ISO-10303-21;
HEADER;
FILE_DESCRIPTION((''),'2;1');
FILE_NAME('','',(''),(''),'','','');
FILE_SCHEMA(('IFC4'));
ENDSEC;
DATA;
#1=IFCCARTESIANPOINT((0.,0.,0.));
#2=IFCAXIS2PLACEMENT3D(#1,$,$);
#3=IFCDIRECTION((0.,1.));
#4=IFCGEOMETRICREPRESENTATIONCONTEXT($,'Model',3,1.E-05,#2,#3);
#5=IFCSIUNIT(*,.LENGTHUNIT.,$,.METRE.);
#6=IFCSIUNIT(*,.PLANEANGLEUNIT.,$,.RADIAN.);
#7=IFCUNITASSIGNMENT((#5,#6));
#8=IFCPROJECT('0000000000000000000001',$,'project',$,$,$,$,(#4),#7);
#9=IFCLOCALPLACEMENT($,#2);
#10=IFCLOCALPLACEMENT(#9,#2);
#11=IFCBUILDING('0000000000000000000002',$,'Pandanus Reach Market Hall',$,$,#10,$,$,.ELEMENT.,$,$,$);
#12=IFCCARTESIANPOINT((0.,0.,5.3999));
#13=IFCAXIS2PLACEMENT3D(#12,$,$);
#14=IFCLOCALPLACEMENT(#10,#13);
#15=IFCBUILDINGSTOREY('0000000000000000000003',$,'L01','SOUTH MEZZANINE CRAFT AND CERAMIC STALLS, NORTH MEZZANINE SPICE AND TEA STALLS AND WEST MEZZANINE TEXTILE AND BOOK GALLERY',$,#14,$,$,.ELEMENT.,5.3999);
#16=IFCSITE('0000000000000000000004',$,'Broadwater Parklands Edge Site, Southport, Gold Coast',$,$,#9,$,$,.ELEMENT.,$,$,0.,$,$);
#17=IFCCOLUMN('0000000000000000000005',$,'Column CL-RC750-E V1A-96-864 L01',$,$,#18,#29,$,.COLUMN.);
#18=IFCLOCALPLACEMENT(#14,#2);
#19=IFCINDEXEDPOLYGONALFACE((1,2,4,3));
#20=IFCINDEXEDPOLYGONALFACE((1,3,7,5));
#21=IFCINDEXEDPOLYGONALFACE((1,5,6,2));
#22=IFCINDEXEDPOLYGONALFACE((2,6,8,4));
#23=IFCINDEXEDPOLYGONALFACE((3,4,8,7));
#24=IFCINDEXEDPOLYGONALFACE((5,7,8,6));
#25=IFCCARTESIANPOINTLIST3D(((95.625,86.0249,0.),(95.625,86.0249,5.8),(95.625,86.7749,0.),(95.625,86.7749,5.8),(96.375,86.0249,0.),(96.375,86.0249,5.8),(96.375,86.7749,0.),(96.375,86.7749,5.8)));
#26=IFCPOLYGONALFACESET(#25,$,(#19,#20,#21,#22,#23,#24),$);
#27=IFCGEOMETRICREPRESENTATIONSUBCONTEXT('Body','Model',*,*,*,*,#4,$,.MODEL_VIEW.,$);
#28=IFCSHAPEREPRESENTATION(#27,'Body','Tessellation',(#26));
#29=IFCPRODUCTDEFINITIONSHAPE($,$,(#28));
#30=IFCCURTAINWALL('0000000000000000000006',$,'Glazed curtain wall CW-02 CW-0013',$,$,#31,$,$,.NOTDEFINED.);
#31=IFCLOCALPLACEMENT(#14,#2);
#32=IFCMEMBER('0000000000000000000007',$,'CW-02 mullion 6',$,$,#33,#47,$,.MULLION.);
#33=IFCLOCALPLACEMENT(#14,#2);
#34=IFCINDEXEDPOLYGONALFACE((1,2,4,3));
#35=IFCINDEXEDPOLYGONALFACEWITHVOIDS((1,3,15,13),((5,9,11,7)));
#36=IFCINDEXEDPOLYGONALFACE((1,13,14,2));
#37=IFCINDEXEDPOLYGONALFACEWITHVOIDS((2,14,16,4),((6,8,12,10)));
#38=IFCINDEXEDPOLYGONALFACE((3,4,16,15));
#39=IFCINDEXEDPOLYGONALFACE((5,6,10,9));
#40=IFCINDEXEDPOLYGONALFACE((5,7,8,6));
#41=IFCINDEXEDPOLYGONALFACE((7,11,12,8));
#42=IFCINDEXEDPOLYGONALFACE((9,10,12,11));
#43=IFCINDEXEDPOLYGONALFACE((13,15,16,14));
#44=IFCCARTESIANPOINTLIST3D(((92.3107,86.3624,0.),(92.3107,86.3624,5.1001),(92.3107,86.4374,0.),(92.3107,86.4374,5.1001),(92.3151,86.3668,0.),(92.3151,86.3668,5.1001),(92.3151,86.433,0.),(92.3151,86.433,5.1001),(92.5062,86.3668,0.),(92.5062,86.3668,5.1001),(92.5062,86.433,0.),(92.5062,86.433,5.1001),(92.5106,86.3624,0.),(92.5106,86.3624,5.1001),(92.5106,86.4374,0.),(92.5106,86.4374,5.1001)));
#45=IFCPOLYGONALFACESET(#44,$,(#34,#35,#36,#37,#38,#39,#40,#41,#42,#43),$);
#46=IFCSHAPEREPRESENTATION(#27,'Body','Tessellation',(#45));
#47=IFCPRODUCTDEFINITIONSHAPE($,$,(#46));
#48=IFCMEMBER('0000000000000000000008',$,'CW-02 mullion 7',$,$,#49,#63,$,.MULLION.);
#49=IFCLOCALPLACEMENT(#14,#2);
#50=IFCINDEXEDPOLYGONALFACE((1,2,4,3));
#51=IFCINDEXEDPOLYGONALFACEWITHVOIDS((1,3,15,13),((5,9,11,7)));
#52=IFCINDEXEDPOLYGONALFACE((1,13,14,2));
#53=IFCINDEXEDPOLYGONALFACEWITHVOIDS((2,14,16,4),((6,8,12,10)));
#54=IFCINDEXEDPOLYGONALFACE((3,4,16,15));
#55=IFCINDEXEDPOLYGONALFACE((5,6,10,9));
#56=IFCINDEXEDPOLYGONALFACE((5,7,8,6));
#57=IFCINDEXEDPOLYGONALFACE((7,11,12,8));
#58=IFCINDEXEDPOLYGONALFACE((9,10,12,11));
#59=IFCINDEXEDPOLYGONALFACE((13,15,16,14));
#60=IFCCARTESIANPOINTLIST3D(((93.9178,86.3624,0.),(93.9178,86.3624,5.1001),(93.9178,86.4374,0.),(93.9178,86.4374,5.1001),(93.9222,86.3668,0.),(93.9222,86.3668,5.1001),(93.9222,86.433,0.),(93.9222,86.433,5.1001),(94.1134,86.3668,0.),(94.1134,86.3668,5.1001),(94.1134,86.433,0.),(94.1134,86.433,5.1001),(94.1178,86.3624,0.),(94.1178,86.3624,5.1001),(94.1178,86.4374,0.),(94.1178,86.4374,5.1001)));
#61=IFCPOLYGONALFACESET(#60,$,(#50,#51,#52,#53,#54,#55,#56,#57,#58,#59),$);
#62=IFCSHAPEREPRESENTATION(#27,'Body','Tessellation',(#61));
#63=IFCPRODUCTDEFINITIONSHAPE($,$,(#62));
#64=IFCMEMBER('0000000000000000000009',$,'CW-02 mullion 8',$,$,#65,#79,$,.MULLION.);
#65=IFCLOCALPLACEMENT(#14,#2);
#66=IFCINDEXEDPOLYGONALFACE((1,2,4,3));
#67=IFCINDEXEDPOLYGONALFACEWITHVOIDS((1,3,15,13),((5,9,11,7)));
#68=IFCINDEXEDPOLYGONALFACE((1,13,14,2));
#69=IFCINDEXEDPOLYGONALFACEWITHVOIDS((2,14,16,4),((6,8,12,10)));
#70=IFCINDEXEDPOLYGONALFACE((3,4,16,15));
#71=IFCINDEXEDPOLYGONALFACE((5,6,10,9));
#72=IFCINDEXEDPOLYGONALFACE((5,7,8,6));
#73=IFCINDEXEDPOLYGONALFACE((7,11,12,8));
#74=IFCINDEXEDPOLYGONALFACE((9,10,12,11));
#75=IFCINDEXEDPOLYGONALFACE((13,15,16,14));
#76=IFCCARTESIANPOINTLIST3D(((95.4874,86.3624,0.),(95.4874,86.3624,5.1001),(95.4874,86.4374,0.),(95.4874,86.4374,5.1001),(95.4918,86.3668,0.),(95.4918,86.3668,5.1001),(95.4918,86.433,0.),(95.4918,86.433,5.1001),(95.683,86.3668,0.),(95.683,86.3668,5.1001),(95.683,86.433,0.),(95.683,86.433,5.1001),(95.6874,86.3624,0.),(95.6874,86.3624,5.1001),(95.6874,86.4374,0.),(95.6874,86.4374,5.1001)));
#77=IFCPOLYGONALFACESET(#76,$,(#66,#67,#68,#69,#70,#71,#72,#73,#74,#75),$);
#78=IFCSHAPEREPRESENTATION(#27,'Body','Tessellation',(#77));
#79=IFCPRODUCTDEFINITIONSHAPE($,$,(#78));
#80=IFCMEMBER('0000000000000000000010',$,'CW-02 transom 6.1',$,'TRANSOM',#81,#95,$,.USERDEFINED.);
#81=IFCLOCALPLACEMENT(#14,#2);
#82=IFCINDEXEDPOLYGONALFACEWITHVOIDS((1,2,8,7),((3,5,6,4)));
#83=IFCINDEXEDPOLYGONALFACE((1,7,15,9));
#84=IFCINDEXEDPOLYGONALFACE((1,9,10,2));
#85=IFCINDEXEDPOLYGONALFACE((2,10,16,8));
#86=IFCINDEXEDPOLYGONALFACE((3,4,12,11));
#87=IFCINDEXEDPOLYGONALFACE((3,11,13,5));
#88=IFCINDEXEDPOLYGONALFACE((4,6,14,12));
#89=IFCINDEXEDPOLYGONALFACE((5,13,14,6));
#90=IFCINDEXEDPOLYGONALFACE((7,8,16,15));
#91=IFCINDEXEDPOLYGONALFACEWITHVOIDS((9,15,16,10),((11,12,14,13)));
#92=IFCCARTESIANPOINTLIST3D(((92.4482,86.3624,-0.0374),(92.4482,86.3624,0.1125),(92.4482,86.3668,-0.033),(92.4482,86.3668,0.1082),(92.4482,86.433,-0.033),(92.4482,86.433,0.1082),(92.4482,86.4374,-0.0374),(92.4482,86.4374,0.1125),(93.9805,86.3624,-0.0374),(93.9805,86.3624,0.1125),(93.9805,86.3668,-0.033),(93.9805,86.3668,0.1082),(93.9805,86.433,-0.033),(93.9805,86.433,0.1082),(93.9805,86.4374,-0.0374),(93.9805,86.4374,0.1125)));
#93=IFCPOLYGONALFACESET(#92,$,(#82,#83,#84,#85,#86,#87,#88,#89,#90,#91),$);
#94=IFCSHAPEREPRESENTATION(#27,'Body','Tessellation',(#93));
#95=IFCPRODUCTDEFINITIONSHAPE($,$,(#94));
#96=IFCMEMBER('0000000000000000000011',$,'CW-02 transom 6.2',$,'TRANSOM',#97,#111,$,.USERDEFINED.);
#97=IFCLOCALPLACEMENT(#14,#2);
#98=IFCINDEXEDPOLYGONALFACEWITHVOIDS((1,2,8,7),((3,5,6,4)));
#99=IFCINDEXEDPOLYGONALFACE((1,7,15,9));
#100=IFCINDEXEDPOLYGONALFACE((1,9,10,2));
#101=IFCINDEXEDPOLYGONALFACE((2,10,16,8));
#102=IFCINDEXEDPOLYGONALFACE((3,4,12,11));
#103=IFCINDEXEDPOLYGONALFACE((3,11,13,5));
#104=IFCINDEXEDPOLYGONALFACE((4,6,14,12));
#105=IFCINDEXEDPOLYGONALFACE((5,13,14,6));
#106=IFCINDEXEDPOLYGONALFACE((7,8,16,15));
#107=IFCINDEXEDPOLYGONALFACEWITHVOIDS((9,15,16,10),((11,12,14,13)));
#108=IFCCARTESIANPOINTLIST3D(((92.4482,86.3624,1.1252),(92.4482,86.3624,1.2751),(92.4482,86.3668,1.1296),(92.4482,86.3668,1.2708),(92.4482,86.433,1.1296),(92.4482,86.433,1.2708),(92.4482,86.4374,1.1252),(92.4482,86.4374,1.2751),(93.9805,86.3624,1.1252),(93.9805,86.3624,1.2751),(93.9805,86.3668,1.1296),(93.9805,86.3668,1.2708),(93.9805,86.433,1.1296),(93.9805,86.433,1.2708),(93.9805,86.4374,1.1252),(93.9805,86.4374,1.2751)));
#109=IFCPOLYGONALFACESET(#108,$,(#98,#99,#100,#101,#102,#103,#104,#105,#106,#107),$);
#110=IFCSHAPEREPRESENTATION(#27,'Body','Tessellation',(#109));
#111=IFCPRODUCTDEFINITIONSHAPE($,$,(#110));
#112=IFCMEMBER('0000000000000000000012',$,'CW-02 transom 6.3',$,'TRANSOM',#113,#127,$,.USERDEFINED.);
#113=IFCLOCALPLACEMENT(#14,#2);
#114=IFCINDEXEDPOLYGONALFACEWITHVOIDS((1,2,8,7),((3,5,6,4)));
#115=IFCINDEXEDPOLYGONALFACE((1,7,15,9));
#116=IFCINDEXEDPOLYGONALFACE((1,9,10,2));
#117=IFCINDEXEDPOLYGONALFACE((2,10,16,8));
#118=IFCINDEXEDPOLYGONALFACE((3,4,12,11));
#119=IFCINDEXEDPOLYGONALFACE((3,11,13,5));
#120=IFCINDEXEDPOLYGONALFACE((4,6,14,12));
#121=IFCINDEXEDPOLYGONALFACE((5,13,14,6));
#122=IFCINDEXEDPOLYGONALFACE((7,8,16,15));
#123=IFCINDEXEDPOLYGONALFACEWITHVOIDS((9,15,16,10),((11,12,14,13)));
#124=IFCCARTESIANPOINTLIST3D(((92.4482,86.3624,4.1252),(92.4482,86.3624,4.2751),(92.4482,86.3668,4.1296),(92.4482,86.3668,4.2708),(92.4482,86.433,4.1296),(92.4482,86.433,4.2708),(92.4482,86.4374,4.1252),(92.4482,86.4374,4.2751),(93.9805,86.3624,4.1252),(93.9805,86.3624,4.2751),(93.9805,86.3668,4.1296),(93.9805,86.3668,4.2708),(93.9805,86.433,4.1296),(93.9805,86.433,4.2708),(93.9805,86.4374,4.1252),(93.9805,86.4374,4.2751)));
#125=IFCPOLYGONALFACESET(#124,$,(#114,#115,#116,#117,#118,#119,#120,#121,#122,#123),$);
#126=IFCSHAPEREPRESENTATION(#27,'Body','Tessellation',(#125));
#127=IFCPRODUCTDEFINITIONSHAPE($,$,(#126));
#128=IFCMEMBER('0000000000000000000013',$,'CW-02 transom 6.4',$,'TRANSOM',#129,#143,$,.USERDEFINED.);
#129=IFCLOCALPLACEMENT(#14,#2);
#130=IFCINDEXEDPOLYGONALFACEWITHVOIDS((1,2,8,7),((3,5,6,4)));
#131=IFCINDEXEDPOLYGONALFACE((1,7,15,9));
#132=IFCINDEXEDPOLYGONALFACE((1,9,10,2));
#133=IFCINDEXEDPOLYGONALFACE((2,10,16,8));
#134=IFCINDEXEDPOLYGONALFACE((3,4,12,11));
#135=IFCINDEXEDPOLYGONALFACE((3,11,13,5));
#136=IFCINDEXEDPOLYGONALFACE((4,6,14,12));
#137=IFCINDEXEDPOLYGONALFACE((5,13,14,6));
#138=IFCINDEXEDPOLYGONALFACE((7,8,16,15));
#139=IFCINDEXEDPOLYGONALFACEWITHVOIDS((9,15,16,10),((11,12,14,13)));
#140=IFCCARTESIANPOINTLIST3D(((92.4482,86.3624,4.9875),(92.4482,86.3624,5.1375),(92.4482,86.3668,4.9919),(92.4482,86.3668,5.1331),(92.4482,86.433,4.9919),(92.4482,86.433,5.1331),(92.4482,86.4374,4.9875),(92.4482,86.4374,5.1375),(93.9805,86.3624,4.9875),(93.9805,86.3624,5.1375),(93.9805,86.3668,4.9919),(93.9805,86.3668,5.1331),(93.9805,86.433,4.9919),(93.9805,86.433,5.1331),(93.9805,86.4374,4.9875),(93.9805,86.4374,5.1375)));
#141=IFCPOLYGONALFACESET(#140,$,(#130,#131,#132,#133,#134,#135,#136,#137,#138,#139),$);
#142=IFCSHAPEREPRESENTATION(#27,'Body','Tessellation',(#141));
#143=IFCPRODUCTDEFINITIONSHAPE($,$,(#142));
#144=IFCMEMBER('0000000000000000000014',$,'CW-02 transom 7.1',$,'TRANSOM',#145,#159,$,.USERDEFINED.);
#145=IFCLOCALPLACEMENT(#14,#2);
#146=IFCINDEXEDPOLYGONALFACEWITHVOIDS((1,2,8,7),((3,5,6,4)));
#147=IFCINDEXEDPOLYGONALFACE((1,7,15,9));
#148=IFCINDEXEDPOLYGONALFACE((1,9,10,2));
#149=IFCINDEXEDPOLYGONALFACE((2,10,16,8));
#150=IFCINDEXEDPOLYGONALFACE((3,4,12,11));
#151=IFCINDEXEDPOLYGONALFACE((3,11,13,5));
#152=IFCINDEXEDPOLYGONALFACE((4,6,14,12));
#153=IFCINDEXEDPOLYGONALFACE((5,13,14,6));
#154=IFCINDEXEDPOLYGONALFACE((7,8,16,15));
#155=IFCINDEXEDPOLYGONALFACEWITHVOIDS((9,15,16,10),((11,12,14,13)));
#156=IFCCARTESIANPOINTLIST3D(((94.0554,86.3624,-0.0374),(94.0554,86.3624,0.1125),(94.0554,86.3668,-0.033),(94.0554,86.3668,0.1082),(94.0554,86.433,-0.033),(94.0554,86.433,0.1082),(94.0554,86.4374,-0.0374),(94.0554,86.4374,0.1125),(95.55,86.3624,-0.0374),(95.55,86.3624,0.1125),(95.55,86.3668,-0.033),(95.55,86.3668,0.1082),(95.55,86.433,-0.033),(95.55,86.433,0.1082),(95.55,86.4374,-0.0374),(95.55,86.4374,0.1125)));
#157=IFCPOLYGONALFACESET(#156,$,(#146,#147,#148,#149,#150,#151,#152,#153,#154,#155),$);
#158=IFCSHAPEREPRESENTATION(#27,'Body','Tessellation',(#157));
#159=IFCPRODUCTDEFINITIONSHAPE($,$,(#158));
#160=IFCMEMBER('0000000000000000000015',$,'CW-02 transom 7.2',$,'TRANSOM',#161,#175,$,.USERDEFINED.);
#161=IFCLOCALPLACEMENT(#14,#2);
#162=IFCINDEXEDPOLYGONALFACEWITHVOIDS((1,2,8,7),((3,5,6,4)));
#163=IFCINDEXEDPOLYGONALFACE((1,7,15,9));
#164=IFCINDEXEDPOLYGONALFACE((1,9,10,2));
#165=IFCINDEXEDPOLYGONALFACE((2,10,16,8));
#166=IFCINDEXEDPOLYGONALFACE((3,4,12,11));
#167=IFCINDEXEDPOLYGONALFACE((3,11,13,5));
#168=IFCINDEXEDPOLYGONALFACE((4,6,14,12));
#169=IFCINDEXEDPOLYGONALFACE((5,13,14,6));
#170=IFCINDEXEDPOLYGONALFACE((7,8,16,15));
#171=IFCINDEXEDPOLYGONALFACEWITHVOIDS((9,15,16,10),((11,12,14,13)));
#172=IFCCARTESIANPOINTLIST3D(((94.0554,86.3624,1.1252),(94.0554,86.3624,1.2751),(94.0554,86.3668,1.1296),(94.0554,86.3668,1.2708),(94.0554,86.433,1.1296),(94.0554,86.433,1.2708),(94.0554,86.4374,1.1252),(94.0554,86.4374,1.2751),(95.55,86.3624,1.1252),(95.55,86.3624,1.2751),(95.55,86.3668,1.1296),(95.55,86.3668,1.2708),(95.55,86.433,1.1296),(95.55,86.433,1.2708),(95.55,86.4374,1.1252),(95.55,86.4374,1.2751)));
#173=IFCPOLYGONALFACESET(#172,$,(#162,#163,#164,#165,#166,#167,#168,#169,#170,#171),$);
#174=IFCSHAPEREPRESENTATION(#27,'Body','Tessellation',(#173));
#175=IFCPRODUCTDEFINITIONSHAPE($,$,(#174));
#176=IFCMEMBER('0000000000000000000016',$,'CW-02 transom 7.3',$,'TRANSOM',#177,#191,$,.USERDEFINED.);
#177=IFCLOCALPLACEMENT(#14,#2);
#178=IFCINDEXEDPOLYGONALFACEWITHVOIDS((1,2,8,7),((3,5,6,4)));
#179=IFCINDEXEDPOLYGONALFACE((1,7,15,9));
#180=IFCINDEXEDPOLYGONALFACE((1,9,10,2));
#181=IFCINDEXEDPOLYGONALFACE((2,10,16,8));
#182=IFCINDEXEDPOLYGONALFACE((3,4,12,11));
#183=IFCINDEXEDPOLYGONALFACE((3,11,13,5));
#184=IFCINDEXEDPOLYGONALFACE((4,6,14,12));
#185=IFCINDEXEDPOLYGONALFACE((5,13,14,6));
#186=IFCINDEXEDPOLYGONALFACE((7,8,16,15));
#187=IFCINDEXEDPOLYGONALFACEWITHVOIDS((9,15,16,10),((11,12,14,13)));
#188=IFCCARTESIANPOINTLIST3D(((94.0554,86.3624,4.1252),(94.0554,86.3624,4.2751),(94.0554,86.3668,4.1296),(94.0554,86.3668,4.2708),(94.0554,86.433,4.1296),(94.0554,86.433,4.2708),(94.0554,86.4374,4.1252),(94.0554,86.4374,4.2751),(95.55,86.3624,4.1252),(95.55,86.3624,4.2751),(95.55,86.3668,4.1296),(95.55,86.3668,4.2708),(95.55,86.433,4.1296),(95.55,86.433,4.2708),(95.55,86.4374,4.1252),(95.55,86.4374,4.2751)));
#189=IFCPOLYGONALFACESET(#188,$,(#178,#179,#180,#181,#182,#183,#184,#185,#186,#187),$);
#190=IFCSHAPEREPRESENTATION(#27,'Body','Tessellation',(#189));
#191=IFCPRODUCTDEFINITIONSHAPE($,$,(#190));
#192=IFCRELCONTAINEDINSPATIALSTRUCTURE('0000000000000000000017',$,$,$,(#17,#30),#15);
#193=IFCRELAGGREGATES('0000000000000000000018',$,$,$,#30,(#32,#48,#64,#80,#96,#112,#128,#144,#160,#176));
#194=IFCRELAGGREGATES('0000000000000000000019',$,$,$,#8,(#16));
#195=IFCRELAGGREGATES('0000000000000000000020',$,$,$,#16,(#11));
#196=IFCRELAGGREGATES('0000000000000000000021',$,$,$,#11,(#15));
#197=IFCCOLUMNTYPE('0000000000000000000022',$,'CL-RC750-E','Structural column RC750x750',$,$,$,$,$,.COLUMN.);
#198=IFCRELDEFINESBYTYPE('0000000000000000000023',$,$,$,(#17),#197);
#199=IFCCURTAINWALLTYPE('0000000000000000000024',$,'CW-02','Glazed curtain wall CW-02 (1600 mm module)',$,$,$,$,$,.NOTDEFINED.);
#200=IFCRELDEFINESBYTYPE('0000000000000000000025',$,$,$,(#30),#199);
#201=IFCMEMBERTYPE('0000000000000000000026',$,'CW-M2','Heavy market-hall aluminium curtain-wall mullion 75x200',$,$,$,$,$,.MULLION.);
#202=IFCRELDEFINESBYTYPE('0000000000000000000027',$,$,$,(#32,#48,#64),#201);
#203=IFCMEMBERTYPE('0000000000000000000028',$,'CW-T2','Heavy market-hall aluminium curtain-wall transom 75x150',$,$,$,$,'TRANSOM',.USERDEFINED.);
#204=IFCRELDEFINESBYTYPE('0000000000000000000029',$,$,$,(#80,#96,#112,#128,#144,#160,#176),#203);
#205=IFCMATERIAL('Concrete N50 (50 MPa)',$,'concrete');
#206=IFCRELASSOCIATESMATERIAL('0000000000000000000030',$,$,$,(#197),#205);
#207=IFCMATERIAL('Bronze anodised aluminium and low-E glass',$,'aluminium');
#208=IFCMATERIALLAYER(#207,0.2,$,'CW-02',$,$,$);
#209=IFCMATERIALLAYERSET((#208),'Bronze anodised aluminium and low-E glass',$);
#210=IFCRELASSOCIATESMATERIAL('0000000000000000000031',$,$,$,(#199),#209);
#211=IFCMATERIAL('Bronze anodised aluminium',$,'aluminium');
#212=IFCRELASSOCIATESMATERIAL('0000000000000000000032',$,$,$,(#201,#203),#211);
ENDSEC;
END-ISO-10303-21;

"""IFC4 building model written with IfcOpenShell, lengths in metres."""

from ifc_helpers import new_model, si_unit, direction, frame, origin, origin_2d, place, context, subcontext, project, spatial, rectangle, hollow_rectangle, extrude, material, layer, layer_set, material_profile, profile_set, type_object, element, aggregate, save


model = new_model("IFC4")

# Units and contexts
model_context = context("Model", 3, precision=1e-05, world=origin(), true_north=direction((0.0, 1.0)))
body_context = subcontext(model_context, "Body", "Model", "MODEL_VIEW")
ifc_project = project(units=[si_unit("LENGTHUNIT", "METRE"), si_unit("PLANEANGLEUNIT", "RADIAN")], contexts=[model_context])

# Site, building, storey
site_placement = place(None, origin())
site = spatial("IfcSite", under=ifc_project, at=site_placement, Name="Broadwater Parklands Edge Site, Southport, Gold Coast", CompositionType="ELEMENT", RefElevation=0.0)
building_placement = place(site_placement, origin())
building = spatial("IfcBuilding", under=site, at=building_placement, Name="Pandanus Reach Market Hall", CompositionType="ELEMENT")
storey_placement = place(building_placement, frame((0.0, 0.0, 5.3999)))
storey = spatial("IfcBuildingStorey", under=building, at=storey_placement, Name="L01", Description="SOUTH MEZZANINE CRAFT AND CERAMIC STALLS, NORTH MEZZANINE SPICE AND TEA STALLS AND WEST MEZZANINE TEXTILE AND BOOK GALLERY", CompositionType="ELEMENT", Elevation=5.3999)

# Column
ifc_material_1 = material(Name="Concrete N50 (50 MPa)", Category="concrete")
ifc_material_profile_1 = material_profile(ifc_material_1, rectangle(XDim=0.75, YDim=0.75, at=origin_2d()), Name="RC750x750", Category="LoadBearing")
ifc_profile_set_1 = profile_set([ifc_material_profile_1], Name="Concrete N50 (50 MPa)")
column_type = type_object("IfcColumnType", Name="CL-RC750-E", Description="Structural column RC750x750", PredefinedType="COLUMN", material=ifc_profile_set_1)
column_placement = place(storey_placement, frame((96.0, 86.3999, 0.0), z_axis=(0.0, 0.0, 1.0), x_axis=(1.0, 0.0, 0.0)))
element("IfcColumn", 1, at=column_placement, inside=storey, type_object=column_type, Name="Column CL-RC750-E V1A-96-864 L01", PredefinedType="COLUMN", context=body_context, shape_type="SweptSolid", body=[
    extrude(rectangle(XDim=0.75, YDim=0.75, at=origin_2d()), origin(), (0.0, 0.0, 1.0), 5.8),
])

# Curtain wall, members
ifc_material_2 = material(Name="Bronze anodised aluminium and low-E glass", Category="aluminium")
ifc_layer_1 = layer(ifc_material_2, 0.2, Name="CW-02")
ifc_layer_set_1 = layer_set([ifc_layer_1], Name="Bronze anodised aluminium and low-E glass")
curtain_wall_type = type_object("IfcCurtainWallType", Name="CW-02", Description="Glazed curtain wall CW-02 (1600 mm module)", PredefinedType="NOTDEFINED", material=ifc_layer_set_1)
curtain_wall_placement = place(storey_placement, origin())
curtain_wall = element("IfcCurtainWall", 2, at=curtain_wall_placement, inside=storey, type_object=curtain_wall_type, Name="Glazed curtain wall CW-02 CW-0013", PredefinedType="NOTDEFINED")
ifc_material_3 = material(Name="Bronze anodised aluminium", Category="aluminium")
ifc_material_profile_2 = material_profile(ifc_material_3, hollow_rectangle(XDim=0.075, YDim=0.2, WallThickness=0.0044, at=origin_2d()), Name="ALU75x200", Category="LoadBearing")
ifc_profile_set_2 = profile_set([ifc_material_profile_2], Name="Bronze anodised aluminium")
member_type_1 = type_object("IfcMemberType", Name="CW-M2", Description="Heavy market-hall aluminium curtain-wall mullion 75x200", PredefinedType="MULLION", material=ifc_profile_set_2)
member_1_placement = place(storey_placement, frame((92.4106, 86.3999, 0.0), z_axis=(0.0, 0.0, 1.0), x_axis=(0.0, 1.0, 0.0)))
member_1 = element("IfcMember", 3, at=member_1_placement, type_object=member_type_1, Name="CW-02 mullion 6", PredefinedType="MULLION", context=body_context, shape_type="SweptSolid", body=[
    extrude(hollow_rectangle(XDim=0.075, YDim=0.2, WallThickness=0.0044, at=origin_2d()), origin(), (0.0, 0.0, 1.0), 5.1001),
])
member_2_placement = place(storey_placement, frame((94.0178, 86.3999, 0.0), z_axis=(0.0, 0.0, 1.0), x_axis=(0.0, 1.0, 0.0)))
member_2 = element("IfcMember", 4, at=member_2_placement, type_object=member_type_1, Name="CW-02 mullion 7", PredefinedType="MULLION", context=body_context, shape_type="SweptSolid", body=[
    extrude(hollow_rectangle(XDim=0.075, YDim=0.2, WallThickness=0.0044, at=origin_2d()), origin(), (0.0, 0.0, 1.0), 5.1001),
])
member_3_placement = place(storey_placement, frame((95.5874, 86.3999, 0.0), z_axis=(0.0, 0.0, 1.0), x_axis=(0.0, 1.0, 0.0)))
member_3 = element("IfcMember", 5, at=member_3_placement, type_object=member_type_1, Name="CW-02 mullion 8", PredefinedType="MULLION", context=body_context, shape_type="SweptSolid", body=[
    extrude(hollow_rectangle(XDim=0.075, YDim=0.2, WallThickness=0.0044, at=origin_2d()), origin(), (0.0, 0.0, 1.0), 5.1001),
])
ifc_material_profile_3 = material_profile(ifc_material_3, hollow_rectangle(XDim=0.075, YDim=0.1499, WallThickness=0.0044, at=origin_2d()), Name="ALU75x150", Category="LoadBearing")
ifc_profile_set_3 = profile_set([ifc_material_profile_3], Name="Bronze anodised aluminium")
member_type_2 = type_object("IfcMemberType", Name="CW-T2", Description="Heavy market-hall aluminium curtain-wall transom 75x150", ElementType="TRANSOM", PredefinedType="USERDEFINED", material=ifc_profile_set_3)
member_4_placement = place(storey_placement, frame((92.4482, 86.3999, 0.0376), z_axis=(1.0, 0.0, 0.0), x_axis=(0.0, 1.0, 0.0)))
member_4 = element("IfcMember", 6, at=member_4_placement, type_object=member_type_2, Name="CW-02 transom 6.1", ObjectType="TRANSOM", PredefinedType="USERDEFINED", context=body_context, shape_type="SweptSolid", body=[
    extrude(hollow_rectangle(XDim=0.075, YDim=0.1499, WallThickness=0.0044, at=origin_2d()), origin(), (0.0, 0.0, 1.0), 1.5322),
])
member_5_placement = place(storey_placement, frame((92.4482, 86.3999, 1.2002), z_axis=(1.0, 0.0, 0.0), x_axis=(0.0, 1.0, 0.0)))
member_5 = element("IfcMember", 7, at=member_5_placement, type_object=member_type_2, Name="CW-02 transom 6.2", ObjectType="TRANSOM", PredefinedType="USERDEFINED", context=body_context, shape_type="SweptSolid", body=[
    extrude(hollow_rectangle(XDim=0.075, YDim=0.1499, WallThickness=0.0044, at=origin_2d()), origin(), (0.0, 0.0, 1.0), 1.5322),
])
member_6_placement = place(storey_placement, frame((92.4482, 86.3999, 4.2002), z_axis=(1.0, 0.0, 0.0), x_axis=(0.0, 1.0, 0.0)))
member_6 = element("IfcMember", 8, at=member_6_placement, type_object=member_type_2, Name="CW-02 transom 6.3", ObjectType="TRANSOM", PredefinedType="USERDEFINED", context=body_context, shape_type="SweptSolid", body=[
    extrude(hollow_rectangle(XDim=0.075, YDim=0.1499, WallThickness=0.0044, at=origin_2d()), origin(), (0.0, 0.0, 1.0), 1.5322),
])
member_7_placement = place(storey_placement, frame((92.4482, 86.3999, 5.0625), z_axis=(1.0, 0.0, 0.0), x_axis=(0.0, 1.0, 0.0)))
member_7 = element("IfcMember", 9, at=member_7_placement, type_object=member_type_2, Name="CW-02 transom 6.4", ObjectType="TRANSOM", PredefinedType="USERDEFINED", context=body_context, shape_type="SweptSolid", body=[
    extrude(hollow_rectangle(XDim=0.075, YDim=0.1499, WallThickness=0.0044, at=origin_2d()), origin(), (0.0, 0.0, 1.0), 1.5322),
])
member_8_placement = place(storey_placement, frame((94.0554, 86.3999, 0.0376), z_axis=(1.0, 0.0, 0.0), x_axis=(0.0, 1.0, 0.0)))
member_8 = element("IfcMember", 10, at=member_8_placement, type_object=member_type_2, Name="CW-02 transom 7.1", ObjectType="TRANSOM", PredefinedType="USERDEFINED", context=body_context, shape_type="SweptSolid", body=[
    extrude(hollow_rectangle(XDim=0.075, YDim=0.1499, WallThickness=0.0044, at=origin_2d()), origin(), (0.0, 0.0, 1.0), 1.4946),
])
member_9_placement = place(storey_placement, frame((94.0554, 86.3999, 1.2002), z_axis=(1.0, 0.0, 0.0), x_axis=(0.0, 1.0, 0.0)))
member_9 = element("IfcMember", 11, at=member_9_placement, type_object=member_type_2, Name="CW-02 transom 7.2", ObjectType="TRANSOM", PredefinedType="USERDEFINED", context=body_context, shape_type="SweptSolid", body=[
    extrude(hollow_rectangle(XDim=0.075, YDim=0.1499, WallThickness=0.0044, at=origin_2d()), origin(), (0.0, 0.0, 1.0), 1.4946),
])
member_10_placement = place(storey_placement, frame((94.0554, 86.3999, 4.2002), z_axis=(1.0, 0.0, 0.0), x_axis=(0.0, 1.0, 0.0)))
member_10 = element("IfcMember", 12, at=member_10_placement, type_object=member_type_2, Name="CW-02 transom 7.3", ObjectType="TRANSOM", PredefinedType="USERDEFINED", context=body_context, shape_type="SweptSolid", body=[
    extrude(hollow_rectangle(XDim=0.075, YDim=0.1499, WallThickness=0.0044, at=origin_2d()), origin(), (0.0, 0.0, 1.0), 1.4946),
])
aggregate(curtain_wall, [member_1, member_2, member_3, member_4, member_5, member_6, member_7, member_8, member_9, member_10])

save(model, "model.ifc")
